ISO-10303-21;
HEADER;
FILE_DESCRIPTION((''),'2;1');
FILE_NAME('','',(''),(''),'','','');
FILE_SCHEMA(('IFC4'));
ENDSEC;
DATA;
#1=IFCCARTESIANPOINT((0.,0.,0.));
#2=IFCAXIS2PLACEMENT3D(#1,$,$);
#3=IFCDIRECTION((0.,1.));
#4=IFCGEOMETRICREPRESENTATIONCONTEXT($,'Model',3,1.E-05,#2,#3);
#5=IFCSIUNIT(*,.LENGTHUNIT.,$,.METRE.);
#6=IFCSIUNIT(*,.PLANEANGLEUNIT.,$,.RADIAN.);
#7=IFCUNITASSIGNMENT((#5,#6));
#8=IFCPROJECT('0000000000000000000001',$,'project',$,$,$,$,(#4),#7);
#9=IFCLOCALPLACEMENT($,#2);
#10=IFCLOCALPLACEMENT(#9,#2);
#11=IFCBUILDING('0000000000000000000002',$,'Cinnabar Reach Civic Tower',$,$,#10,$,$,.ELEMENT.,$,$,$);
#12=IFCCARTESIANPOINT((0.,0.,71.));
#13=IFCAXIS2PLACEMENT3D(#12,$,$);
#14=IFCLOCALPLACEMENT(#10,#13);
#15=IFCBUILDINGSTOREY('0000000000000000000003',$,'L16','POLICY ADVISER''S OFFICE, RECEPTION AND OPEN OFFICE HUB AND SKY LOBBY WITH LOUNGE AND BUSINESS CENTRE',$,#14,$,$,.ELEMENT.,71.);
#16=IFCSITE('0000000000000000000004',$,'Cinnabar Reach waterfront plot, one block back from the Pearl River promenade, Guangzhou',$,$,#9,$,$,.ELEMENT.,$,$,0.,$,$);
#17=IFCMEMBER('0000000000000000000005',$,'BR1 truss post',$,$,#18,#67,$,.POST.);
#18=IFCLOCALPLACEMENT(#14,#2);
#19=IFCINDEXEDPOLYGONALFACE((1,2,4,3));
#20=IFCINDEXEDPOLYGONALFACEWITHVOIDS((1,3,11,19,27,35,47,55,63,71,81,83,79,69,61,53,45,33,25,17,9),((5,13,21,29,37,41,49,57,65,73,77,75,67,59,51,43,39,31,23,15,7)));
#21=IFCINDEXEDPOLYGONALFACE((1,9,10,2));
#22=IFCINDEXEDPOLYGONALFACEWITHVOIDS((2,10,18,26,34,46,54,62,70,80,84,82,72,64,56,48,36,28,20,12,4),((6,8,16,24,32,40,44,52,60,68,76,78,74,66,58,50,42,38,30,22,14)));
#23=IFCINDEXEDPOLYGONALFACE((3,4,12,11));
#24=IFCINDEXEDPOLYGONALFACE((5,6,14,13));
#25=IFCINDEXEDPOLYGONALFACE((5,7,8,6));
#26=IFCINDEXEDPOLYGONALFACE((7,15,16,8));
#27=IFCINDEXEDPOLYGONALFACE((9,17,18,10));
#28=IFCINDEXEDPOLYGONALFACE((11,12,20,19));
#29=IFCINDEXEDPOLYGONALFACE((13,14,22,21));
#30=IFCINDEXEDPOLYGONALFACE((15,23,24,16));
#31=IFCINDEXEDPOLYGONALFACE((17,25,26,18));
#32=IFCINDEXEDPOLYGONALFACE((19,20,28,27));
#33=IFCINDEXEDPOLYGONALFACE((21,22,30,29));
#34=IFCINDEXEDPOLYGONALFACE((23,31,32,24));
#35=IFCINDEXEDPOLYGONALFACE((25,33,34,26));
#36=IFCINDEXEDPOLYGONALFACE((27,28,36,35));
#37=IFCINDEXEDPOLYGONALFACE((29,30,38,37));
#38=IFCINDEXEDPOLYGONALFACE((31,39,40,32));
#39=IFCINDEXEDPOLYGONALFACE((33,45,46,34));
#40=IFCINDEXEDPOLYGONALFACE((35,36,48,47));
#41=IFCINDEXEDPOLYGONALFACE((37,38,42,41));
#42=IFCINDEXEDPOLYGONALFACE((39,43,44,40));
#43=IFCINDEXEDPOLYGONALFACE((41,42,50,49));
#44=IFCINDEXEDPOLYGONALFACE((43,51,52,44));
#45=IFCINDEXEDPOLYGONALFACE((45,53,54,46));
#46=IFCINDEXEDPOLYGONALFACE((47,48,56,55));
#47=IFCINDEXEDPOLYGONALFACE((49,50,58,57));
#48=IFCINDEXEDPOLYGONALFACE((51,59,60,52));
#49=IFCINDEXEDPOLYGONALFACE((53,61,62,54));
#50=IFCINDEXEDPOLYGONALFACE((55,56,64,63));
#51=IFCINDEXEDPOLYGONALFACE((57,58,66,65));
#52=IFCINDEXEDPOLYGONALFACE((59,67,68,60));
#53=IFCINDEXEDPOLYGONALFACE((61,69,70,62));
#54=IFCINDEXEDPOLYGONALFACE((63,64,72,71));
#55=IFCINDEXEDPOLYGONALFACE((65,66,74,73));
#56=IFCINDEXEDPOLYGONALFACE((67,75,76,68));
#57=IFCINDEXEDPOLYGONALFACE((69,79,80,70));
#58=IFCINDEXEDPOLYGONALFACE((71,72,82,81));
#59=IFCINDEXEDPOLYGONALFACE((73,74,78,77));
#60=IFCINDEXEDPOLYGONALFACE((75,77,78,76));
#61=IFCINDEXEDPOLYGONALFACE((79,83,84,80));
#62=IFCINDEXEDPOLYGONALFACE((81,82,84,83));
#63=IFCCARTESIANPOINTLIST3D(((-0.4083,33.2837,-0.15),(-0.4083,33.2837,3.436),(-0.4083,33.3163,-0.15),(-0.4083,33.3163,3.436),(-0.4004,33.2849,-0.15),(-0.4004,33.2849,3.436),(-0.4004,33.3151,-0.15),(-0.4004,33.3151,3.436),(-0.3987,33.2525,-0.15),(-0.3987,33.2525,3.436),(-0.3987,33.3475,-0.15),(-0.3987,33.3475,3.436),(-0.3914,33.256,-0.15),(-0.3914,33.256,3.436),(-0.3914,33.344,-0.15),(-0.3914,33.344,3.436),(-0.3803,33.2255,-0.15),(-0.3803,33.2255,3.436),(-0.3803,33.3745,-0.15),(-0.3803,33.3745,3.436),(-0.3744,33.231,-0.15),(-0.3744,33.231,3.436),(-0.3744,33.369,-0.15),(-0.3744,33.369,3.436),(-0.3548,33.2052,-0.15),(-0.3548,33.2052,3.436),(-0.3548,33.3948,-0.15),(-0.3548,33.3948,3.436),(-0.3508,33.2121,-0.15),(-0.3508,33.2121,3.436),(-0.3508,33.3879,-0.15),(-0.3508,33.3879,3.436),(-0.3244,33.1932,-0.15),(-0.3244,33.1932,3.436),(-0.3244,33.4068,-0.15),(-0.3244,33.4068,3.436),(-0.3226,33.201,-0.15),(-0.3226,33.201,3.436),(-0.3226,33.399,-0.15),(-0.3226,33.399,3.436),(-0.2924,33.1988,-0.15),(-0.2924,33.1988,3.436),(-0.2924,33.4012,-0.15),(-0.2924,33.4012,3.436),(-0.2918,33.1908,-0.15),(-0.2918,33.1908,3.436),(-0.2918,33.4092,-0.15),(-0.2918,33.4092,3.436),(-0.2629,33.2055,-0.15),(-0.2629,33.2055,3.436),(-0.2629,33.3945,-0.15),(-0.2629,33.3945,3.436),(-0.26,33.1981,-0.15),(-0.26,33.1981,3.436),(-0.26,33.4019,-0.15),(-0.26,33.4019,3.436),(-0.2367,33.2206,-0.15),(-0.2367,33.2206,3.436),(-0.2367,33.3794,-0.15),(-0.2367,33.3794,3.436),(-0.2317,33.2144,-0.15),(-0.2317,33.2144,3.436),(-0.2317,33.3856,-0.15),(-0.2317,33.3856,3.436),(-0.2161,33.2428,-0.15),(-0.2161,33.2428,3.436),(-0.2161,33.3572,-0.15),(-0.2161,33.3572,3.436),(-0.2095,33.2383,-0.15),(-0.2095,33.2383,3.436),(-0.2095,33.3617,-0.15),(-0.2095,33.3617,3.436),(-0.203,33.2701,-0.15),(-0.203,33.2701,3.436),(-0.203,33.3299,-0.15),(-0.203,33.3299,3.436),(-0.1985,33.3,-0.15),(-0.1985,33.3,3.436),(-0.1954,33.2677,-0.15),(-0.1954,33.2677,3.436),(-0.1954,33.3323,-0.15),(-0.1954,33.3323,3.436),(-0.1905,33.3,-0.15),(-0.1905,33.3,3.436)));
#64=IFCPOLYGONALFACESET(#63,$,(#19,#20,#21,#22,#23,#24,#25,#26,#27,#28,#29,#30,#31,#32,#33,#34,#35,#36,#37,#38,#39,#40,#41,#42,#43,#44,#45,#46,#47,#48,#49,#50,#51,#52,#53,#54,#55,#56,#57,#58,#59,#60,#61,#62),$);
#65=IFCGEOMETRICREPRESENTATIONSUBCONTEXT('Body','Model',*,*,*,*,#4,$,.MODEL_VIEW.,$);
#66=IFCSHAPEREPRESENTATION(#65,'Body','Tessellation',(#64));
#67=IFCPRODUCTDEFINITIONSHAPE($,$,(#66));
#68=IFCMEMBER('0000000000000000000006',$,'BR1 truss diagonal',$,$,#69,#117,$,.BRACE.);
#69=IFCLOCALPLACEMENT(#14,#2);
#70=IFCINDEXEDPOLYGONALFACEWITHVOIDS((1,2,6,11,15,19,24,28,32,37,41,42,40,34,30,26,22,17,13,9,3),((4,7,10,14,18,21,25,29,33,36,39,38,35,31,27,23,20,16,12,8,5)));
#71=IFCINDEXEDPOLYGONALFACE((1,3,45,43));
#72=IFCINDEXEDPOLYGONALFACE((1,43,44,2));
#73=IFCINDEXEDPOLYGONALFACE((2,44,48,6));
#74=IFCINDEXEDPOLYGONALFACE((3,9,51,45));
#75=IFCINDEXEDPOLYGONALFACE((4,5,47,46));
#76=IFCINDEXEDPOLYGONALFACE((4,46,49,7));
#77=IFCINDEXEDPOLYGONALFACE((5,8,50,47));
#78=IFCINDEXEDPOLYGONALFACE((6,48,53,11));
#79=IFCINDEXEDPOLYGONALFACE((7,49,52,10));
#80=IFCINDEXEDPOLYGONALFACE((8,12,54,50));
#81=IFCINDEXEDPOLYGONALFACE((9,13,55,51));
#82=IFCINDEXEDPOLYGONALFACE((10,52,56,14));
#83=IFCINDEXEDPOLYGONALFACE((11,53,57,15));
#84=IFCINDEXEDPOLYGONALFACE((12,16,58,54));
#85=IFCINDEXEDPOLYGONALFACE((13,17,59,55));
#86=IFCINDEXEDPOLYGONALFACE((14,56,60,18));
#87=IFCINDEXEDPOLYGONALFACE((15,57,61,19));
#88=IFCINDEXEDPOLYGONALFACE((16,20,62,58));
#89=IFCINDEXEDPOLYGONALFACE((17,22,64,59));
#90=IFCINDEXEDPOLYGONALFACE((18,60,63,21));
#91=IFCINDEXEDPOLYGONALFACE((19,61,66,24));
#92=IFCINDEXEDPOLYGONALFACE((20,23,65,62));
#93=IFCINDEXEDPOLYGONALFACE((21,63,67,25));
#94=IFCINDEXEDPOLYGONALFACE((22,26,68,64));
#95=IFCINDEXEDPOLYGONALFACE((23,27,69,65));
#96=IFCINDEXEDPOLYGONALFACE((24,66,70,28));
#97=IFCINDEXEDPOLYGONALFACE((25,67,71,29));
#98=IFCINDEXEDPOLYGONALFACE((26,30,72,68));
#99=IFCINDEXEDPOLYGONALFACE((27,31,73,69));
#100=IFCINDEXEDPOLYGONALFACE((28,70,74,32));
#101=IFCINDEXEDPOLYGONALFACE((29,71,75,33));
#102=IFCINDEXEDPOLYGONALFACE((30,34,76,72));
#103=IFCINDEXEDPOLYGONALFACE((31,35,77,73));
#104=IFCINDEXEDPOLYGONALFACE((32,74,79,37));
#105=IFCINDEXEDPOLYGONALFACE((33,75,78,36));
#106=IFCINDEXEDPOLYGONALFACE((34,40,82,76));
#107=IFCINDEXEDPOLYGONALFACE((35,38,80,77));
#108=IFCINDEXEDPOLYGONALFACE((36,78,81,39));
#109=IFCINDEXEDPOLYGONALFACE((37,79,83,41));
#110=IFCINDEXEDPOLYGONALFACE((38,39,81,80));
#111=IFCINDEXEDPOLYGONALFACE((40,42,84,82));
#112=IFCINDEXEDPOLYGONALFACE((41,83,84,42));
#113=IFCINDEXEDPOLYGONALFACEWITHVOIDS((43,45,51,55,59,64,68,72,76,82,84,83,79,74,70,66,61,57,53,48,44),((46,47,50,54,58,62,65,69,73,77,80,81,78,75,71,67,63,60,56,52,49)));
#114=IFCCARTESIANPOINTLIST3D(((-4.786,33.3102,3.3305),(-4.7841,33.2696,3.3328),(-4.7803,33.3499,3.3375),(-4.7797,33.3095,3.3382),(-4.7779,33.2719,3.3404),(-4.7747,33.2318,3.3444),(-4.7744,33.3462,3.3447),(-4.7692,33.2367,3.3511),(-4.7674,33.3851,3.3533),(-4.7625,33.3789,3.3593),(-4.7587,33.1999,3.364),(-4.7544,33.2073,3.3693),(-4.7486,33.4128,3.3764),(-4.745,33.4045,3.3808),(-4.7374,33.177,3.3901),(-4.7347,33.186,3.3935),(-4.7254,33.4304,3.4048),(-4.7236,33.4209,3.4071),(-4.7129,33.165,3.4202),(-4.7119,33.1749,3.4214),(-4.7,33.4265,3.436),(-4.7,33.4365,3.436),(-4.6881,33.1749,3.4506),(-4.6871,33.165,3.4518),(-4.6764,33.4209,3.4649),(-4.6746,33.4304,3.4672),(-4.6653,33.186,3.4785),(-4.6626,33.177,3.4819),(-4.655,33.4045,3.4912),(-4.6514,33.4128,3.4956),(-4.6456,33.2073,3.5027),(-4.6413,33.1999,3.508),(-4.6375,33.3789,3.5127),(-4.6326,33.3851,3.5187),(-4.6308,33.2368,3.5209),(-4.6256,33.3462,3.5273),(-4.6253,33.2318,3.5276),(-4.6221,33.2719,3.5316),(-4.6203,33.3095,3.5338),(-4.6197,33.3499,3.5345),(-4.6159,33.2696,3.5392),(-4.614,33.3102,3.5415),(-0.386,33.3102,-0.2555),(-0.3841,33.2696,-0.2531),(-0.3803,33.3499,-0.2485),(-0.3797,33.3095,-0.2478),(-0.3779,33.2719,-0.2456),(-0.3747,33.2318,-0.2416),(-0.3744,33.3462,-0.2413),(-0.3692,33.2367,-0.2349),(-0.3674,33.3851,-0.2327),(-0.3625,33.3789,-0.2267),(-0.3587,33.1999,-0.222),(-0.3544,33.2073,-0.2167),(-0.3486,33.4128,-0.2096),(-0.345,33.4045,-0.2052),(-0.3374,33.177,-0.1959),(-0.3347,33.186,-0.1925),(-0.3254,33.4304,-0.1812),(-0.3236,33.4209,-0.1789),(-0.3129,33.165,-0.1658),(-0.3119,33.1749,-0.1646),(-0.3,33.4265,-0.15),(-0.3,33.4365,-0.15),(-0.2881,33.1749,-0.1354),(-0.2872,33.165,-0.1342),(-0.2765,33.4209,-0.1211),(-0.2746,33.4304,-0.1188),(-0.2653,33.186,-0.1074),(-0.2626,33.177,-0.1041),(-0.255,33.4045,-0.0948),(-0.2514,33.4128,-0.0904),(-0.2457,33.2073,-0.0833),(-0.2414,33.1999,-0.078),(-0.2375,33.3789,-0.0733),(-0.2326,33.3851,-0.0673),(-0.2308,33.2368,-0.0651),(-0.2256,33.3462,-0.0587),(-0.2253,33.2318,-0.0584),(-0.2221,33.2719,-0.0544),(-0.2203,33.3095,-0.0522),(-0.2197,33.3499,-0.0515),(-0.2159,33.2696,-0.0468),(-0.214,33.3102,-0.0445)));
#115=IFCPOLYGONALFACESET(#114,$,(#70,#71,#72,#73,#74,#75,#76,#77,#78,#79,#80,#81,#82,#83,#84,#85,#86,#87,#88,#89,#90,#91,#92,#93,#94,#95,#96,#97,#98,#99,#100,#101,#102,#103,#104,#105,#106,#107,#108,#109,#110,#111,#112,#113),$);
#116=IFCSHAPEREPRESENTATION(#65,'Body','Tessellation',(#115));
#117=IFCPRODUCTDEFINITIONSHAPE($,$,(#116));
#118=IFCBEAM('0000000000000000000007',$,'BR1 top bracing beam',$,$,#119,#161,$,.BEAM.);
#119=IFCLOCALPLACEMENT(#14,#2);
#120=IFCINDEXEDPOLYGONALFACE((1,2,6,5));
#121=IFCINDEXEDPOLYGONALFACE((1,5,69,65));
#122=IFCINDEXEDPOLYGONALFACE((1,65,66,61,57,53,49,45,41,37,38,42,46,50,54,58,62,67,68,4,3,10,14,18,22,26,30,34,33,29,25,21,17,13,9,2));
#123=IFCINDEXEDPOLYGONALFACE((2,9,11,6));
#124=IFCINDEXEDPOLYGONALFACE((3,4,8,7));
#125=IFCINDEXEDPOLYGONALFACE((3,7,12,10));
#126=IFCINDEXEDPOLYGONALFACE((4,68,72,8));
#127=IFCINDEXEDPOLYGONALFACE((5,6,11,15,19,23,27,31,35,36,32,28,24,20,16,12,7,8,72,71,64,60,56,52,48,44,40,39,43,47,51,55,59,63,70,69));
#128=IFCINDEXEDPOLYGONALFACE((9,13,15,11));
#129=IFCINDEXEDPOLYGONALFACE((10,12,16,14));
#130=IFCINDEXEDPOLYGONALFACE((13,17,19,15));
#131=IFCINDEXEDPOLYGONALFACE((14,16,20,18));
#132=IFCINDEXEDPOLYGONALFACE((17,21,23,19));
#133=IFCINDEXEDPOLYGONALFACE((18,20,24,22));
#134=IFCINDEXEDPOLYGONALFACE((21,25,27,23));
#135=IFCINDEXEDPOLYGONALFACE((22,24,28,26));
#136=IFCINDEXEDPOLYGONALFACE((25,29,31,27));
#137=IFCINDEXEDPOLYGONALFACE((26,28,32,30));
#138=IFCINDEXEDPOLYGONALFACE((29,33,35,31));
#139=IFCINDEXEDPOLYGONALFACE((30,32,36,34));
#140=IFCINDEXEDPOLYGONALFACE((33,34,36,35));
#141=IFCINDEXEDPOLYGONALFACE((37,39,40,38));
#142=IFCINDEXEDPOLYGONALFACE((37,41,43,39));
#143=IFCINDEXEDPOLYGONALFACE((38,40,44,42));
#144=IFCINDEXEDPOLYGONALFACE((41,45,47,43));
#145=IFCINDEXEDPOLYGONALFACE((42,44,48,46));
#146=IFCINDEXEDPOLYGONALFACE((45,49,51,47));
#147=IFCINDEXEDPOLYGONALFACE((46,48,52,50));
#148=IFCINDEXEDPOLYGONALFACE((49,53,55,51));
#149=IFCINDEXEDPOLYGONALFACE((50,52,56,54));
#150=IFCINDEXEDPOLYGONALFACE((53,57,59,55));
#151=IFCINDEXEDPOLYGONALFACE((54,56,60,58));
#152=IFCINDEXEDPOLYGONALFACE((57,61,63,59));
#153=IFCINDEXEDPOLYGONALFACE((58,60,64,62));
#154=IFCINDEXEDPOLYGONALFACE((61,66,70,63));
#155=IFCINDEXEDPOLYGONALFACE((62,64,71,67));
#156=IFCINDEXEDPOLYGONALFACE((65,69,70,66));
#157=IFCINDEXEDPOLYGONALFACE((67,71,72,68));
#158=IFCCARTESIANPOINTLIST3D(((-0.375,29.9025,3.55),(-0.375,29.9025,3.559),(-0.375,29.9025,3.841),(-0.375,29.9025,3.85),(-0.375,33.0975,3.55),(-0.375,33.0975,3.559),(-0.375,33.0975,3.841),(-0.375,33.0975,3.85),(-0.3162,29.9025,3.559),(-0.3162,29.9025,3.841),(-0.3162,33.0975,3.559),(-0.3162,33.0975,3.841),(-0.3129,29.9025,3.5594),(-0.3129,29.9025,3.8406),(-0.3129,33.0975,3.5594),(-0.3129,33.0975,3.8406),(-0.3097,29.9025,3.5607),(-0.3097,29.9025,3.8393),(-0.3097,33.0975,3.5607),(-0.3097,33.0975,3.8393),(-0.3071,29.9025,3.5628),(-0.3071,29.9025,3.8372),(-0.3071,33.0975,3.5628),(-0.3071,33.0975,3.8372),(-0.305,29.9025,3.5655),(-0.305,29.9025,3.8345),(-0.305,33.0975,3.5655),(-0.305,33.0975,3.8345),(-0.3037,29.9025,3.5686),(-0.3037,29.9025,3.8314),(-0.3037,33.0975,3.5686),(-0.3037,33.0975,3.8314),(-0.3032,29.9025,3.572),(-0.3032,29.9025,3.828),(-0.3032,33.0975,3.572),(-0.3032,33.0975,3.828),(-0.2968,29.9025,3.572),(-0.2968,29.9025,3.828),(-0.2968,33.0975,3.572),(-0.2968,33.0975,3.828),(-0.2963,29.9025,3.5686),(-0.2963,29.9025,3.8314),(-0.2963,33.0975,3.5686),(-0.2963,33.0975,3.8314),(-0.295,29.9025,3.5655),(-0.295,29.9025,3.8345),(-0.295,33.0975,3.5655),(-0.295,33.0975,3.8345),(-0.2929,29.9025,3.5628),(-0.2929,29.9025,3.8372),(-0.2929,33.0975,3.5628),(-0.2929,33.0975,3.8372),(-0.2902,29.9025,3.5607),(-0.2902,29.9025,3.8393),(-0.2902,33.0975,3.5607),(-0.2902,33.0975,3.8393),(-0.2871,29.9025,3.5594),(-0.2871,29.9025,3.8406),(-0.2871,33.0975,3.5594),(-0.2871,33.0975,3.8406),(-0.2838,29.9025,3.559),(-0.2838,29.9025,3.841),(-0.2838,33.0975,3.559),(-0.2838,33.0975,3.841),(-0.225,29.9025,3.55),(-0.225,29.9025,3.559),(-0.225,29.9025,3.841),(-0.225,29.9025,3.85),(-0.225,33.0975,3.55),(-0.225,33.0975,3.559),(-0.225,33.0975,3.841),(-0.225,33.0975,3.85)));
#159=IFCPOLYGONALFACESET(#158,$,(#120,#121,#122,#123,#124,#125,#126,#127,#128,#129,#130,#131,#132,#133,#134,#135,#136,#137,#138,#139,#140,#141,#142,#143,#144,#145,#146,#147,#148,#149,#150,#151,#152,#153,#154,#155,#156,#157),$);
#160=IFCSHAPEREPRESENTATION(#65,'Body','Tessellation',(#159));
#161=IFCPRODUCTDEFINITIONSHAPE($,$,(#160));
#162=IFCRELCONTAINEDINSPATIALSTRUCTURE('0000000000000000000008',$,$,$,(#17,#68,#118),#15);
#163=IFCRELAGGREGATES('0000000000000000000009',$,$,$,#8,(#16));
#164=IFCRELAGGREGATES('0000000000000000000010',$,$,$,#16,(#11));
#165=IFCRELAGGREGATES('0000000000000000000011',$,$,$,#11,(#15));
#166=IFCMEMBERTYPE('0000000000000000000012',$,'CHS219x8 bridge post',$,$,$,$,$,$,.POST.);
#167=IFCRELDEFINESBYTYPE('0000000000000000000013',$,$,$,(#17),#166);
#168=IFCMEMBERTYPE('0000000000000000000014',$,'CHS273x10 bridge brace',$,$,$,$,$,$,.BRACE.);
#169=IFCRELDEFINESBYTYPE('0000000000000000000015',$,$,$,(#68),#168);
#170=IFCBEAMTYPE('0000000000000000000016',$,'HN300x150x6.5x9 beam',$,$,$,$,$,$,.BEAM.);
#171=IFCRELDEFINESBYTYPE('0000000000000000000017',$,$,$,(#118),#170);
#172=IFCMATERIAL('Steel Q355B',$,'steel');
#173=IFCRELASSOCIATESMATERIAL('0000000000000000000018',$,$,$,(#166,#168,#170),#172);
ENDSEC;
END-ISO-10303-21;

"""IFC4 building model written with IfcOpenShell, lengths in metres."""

from ifc_helpers import new_model, si_unit, direction, frame, origin, origin_2d, place, context, subcontext, project, spatial, hollow_circle, i_section, extrude, material, material_profile, profile_set, type_object, element, save


model = new_model("IFC4")

# Units and contexts
model_context = context("Model", 3, precision=1e-05, world=origin(), true_north=direction((0.0, 1.0)))
body_context = subcontext(model_context, "Body", "Model", "MODEL_VIEW")
ifc_project = project(units=[si_unit("LENGTHUNIT", "METRE"), si_unit("PLANEANGLEUNIT", "RADIAN")], contexts=[model_context])

# Site, building, storey
site_placement = place(None, origin())
site = spatial("IfcSite", under=ifc_project, at=site_placement, Name="Cinnabar Reach waterfront plot, one block back from the Pearl River promenade, Guangzhou", CompositionType="ELEMENT", RefElevation=0.0)
building_placement = place(site_placement, origin())
building = spatial("IfcBuilding", under=site, at=building_placement, Name="Cinnabar Reach Civic Tower", CompositionType="ELEMENT")
storey_placement = place(building_placement, frame((0.0, 0.0, 71.0)))
storey = spatial("IfcBuildingStorey", under=building, at=storey_placement, Name="L16", Description="POLICY ADVISER'S OFFICE, RECEPTION AND OPEN OFFICE HUB AND SKY LOBBY WITH LOUNGE AND BUSINESS CENTRE", CompositionType="ELEMENT", Elevation=71.0)

# Members
ifc_material_1 = material(Name="Steel Q355B", Category="steel")
ifc_material_profile_1 = material_profile(ifc_material_1, hollow_circle(Radius=0.1095, WallThickness=0.008, at=origin_2d()), Name="CHS219x8")
ifc_profile_set_1 = profile_set([ifc_material_profile_1], Name="Steel Q355B")
member_type_1 = type_object("IfcMemberType", Name="CHS219x8 bridge post", PredefinedType="POST", material=ifc_profile_set_1)
for number, where, z_axis, x_axis, name in (
    (1, (-0.3, 33.3, -0.15), (0.0, 0.0, 1.0), (1.0, 0.0, 0.0), "BR1 truss post"),
):
    element("IfcMember", number, at=place(storey_placement, frame(where, z_axis=z_axis, x_axis=x_axis)), inside=storey, type_object=member_type_1, Name=name, PredefinedType="POST", context=body_context, shape_type="SweptSolid", body=[
        extrude(hollow_circle(Radius=0.1095, WallThickness=0.008, at=origin_2d()), origin(), (0.0, 0.0, 1.0), 3.586),
    ])
ifc_material_profile_2 = material_profile(ifc_material_1, hollow_circle(Radius=0.1365, WallThickness=0.01, at=origin_2d()), Name="CHS273x10")
ifc_profile_set_2 = profile_set([ifc_material_profile_2], Name="Steel Q355B")
member_type_2 = type_object("IfcMemberType", Name="CHS273x10 bridge brace", PredefinedType="BRACE", material=ifc_profile_set_2)
member_1_placement = place(storey_placement, frame((-4.7, 33.3, 3.436), z_axis=(0.775165, 0.0, -0.631759), x_axis=(0.0, 1.0, 0.0)))
element("IfcMember", 2, at=member_1_placement, inside=storey, type_object=member_type_2, Name="BR1 truss diagonal", PredefinedType="BRACE", context=body_context, shape_type="SweptSolid", body=[
    extrude(hollow_circle(Radius=0.1365, WallThickness=0.01, at=origin_2d()), origin(), (0.0, 0.0, 1.0), 5.6762),
])

# Beam
ifc_material_profile_3 = material_profile(ifc_material_1, i_section(OverallWidth=0.15, OverallDepth=0.3, WebThickness=0.0065, FlangeThickness=0.009, FilletRadius=0.013, at=origin_2d()), Name="HN300x150x6.5x9")
ifc_profile_set_3 = profile_set([ifc_material_profile_3], Name="Steel Q355B")
beam_type = type_object("IfcBeamType", Name="HN300x150x6.5x9 beam", PredefinedType="BEAM", material=ifc_profile_set_3)
beam_placement = place(storey_placement, frame((-0.3, 29.9025, 3.7), z_axis=(0.0, 1.0, 0.0), x_axis=(-1.0, 0.0, 0.0)))
element("IfcBeam", 3, at=beam_placement, inside=storey, type_object=beam_type, Name="BR1 top bracing beam", PredefinedType="BEAM", context=body_context, shape_type="SweptSolid", body=[
    extrude(i_section(OverallWidth=0.15, OverallDepth=0.3, WebThickness=0.0065, FlangeThickness=0.009, FilletRadius=0.013, at=origin_2d()), origin(), (0.0, 0.0, 1.0), 3.195),
])

save(model, "model.ifc")
